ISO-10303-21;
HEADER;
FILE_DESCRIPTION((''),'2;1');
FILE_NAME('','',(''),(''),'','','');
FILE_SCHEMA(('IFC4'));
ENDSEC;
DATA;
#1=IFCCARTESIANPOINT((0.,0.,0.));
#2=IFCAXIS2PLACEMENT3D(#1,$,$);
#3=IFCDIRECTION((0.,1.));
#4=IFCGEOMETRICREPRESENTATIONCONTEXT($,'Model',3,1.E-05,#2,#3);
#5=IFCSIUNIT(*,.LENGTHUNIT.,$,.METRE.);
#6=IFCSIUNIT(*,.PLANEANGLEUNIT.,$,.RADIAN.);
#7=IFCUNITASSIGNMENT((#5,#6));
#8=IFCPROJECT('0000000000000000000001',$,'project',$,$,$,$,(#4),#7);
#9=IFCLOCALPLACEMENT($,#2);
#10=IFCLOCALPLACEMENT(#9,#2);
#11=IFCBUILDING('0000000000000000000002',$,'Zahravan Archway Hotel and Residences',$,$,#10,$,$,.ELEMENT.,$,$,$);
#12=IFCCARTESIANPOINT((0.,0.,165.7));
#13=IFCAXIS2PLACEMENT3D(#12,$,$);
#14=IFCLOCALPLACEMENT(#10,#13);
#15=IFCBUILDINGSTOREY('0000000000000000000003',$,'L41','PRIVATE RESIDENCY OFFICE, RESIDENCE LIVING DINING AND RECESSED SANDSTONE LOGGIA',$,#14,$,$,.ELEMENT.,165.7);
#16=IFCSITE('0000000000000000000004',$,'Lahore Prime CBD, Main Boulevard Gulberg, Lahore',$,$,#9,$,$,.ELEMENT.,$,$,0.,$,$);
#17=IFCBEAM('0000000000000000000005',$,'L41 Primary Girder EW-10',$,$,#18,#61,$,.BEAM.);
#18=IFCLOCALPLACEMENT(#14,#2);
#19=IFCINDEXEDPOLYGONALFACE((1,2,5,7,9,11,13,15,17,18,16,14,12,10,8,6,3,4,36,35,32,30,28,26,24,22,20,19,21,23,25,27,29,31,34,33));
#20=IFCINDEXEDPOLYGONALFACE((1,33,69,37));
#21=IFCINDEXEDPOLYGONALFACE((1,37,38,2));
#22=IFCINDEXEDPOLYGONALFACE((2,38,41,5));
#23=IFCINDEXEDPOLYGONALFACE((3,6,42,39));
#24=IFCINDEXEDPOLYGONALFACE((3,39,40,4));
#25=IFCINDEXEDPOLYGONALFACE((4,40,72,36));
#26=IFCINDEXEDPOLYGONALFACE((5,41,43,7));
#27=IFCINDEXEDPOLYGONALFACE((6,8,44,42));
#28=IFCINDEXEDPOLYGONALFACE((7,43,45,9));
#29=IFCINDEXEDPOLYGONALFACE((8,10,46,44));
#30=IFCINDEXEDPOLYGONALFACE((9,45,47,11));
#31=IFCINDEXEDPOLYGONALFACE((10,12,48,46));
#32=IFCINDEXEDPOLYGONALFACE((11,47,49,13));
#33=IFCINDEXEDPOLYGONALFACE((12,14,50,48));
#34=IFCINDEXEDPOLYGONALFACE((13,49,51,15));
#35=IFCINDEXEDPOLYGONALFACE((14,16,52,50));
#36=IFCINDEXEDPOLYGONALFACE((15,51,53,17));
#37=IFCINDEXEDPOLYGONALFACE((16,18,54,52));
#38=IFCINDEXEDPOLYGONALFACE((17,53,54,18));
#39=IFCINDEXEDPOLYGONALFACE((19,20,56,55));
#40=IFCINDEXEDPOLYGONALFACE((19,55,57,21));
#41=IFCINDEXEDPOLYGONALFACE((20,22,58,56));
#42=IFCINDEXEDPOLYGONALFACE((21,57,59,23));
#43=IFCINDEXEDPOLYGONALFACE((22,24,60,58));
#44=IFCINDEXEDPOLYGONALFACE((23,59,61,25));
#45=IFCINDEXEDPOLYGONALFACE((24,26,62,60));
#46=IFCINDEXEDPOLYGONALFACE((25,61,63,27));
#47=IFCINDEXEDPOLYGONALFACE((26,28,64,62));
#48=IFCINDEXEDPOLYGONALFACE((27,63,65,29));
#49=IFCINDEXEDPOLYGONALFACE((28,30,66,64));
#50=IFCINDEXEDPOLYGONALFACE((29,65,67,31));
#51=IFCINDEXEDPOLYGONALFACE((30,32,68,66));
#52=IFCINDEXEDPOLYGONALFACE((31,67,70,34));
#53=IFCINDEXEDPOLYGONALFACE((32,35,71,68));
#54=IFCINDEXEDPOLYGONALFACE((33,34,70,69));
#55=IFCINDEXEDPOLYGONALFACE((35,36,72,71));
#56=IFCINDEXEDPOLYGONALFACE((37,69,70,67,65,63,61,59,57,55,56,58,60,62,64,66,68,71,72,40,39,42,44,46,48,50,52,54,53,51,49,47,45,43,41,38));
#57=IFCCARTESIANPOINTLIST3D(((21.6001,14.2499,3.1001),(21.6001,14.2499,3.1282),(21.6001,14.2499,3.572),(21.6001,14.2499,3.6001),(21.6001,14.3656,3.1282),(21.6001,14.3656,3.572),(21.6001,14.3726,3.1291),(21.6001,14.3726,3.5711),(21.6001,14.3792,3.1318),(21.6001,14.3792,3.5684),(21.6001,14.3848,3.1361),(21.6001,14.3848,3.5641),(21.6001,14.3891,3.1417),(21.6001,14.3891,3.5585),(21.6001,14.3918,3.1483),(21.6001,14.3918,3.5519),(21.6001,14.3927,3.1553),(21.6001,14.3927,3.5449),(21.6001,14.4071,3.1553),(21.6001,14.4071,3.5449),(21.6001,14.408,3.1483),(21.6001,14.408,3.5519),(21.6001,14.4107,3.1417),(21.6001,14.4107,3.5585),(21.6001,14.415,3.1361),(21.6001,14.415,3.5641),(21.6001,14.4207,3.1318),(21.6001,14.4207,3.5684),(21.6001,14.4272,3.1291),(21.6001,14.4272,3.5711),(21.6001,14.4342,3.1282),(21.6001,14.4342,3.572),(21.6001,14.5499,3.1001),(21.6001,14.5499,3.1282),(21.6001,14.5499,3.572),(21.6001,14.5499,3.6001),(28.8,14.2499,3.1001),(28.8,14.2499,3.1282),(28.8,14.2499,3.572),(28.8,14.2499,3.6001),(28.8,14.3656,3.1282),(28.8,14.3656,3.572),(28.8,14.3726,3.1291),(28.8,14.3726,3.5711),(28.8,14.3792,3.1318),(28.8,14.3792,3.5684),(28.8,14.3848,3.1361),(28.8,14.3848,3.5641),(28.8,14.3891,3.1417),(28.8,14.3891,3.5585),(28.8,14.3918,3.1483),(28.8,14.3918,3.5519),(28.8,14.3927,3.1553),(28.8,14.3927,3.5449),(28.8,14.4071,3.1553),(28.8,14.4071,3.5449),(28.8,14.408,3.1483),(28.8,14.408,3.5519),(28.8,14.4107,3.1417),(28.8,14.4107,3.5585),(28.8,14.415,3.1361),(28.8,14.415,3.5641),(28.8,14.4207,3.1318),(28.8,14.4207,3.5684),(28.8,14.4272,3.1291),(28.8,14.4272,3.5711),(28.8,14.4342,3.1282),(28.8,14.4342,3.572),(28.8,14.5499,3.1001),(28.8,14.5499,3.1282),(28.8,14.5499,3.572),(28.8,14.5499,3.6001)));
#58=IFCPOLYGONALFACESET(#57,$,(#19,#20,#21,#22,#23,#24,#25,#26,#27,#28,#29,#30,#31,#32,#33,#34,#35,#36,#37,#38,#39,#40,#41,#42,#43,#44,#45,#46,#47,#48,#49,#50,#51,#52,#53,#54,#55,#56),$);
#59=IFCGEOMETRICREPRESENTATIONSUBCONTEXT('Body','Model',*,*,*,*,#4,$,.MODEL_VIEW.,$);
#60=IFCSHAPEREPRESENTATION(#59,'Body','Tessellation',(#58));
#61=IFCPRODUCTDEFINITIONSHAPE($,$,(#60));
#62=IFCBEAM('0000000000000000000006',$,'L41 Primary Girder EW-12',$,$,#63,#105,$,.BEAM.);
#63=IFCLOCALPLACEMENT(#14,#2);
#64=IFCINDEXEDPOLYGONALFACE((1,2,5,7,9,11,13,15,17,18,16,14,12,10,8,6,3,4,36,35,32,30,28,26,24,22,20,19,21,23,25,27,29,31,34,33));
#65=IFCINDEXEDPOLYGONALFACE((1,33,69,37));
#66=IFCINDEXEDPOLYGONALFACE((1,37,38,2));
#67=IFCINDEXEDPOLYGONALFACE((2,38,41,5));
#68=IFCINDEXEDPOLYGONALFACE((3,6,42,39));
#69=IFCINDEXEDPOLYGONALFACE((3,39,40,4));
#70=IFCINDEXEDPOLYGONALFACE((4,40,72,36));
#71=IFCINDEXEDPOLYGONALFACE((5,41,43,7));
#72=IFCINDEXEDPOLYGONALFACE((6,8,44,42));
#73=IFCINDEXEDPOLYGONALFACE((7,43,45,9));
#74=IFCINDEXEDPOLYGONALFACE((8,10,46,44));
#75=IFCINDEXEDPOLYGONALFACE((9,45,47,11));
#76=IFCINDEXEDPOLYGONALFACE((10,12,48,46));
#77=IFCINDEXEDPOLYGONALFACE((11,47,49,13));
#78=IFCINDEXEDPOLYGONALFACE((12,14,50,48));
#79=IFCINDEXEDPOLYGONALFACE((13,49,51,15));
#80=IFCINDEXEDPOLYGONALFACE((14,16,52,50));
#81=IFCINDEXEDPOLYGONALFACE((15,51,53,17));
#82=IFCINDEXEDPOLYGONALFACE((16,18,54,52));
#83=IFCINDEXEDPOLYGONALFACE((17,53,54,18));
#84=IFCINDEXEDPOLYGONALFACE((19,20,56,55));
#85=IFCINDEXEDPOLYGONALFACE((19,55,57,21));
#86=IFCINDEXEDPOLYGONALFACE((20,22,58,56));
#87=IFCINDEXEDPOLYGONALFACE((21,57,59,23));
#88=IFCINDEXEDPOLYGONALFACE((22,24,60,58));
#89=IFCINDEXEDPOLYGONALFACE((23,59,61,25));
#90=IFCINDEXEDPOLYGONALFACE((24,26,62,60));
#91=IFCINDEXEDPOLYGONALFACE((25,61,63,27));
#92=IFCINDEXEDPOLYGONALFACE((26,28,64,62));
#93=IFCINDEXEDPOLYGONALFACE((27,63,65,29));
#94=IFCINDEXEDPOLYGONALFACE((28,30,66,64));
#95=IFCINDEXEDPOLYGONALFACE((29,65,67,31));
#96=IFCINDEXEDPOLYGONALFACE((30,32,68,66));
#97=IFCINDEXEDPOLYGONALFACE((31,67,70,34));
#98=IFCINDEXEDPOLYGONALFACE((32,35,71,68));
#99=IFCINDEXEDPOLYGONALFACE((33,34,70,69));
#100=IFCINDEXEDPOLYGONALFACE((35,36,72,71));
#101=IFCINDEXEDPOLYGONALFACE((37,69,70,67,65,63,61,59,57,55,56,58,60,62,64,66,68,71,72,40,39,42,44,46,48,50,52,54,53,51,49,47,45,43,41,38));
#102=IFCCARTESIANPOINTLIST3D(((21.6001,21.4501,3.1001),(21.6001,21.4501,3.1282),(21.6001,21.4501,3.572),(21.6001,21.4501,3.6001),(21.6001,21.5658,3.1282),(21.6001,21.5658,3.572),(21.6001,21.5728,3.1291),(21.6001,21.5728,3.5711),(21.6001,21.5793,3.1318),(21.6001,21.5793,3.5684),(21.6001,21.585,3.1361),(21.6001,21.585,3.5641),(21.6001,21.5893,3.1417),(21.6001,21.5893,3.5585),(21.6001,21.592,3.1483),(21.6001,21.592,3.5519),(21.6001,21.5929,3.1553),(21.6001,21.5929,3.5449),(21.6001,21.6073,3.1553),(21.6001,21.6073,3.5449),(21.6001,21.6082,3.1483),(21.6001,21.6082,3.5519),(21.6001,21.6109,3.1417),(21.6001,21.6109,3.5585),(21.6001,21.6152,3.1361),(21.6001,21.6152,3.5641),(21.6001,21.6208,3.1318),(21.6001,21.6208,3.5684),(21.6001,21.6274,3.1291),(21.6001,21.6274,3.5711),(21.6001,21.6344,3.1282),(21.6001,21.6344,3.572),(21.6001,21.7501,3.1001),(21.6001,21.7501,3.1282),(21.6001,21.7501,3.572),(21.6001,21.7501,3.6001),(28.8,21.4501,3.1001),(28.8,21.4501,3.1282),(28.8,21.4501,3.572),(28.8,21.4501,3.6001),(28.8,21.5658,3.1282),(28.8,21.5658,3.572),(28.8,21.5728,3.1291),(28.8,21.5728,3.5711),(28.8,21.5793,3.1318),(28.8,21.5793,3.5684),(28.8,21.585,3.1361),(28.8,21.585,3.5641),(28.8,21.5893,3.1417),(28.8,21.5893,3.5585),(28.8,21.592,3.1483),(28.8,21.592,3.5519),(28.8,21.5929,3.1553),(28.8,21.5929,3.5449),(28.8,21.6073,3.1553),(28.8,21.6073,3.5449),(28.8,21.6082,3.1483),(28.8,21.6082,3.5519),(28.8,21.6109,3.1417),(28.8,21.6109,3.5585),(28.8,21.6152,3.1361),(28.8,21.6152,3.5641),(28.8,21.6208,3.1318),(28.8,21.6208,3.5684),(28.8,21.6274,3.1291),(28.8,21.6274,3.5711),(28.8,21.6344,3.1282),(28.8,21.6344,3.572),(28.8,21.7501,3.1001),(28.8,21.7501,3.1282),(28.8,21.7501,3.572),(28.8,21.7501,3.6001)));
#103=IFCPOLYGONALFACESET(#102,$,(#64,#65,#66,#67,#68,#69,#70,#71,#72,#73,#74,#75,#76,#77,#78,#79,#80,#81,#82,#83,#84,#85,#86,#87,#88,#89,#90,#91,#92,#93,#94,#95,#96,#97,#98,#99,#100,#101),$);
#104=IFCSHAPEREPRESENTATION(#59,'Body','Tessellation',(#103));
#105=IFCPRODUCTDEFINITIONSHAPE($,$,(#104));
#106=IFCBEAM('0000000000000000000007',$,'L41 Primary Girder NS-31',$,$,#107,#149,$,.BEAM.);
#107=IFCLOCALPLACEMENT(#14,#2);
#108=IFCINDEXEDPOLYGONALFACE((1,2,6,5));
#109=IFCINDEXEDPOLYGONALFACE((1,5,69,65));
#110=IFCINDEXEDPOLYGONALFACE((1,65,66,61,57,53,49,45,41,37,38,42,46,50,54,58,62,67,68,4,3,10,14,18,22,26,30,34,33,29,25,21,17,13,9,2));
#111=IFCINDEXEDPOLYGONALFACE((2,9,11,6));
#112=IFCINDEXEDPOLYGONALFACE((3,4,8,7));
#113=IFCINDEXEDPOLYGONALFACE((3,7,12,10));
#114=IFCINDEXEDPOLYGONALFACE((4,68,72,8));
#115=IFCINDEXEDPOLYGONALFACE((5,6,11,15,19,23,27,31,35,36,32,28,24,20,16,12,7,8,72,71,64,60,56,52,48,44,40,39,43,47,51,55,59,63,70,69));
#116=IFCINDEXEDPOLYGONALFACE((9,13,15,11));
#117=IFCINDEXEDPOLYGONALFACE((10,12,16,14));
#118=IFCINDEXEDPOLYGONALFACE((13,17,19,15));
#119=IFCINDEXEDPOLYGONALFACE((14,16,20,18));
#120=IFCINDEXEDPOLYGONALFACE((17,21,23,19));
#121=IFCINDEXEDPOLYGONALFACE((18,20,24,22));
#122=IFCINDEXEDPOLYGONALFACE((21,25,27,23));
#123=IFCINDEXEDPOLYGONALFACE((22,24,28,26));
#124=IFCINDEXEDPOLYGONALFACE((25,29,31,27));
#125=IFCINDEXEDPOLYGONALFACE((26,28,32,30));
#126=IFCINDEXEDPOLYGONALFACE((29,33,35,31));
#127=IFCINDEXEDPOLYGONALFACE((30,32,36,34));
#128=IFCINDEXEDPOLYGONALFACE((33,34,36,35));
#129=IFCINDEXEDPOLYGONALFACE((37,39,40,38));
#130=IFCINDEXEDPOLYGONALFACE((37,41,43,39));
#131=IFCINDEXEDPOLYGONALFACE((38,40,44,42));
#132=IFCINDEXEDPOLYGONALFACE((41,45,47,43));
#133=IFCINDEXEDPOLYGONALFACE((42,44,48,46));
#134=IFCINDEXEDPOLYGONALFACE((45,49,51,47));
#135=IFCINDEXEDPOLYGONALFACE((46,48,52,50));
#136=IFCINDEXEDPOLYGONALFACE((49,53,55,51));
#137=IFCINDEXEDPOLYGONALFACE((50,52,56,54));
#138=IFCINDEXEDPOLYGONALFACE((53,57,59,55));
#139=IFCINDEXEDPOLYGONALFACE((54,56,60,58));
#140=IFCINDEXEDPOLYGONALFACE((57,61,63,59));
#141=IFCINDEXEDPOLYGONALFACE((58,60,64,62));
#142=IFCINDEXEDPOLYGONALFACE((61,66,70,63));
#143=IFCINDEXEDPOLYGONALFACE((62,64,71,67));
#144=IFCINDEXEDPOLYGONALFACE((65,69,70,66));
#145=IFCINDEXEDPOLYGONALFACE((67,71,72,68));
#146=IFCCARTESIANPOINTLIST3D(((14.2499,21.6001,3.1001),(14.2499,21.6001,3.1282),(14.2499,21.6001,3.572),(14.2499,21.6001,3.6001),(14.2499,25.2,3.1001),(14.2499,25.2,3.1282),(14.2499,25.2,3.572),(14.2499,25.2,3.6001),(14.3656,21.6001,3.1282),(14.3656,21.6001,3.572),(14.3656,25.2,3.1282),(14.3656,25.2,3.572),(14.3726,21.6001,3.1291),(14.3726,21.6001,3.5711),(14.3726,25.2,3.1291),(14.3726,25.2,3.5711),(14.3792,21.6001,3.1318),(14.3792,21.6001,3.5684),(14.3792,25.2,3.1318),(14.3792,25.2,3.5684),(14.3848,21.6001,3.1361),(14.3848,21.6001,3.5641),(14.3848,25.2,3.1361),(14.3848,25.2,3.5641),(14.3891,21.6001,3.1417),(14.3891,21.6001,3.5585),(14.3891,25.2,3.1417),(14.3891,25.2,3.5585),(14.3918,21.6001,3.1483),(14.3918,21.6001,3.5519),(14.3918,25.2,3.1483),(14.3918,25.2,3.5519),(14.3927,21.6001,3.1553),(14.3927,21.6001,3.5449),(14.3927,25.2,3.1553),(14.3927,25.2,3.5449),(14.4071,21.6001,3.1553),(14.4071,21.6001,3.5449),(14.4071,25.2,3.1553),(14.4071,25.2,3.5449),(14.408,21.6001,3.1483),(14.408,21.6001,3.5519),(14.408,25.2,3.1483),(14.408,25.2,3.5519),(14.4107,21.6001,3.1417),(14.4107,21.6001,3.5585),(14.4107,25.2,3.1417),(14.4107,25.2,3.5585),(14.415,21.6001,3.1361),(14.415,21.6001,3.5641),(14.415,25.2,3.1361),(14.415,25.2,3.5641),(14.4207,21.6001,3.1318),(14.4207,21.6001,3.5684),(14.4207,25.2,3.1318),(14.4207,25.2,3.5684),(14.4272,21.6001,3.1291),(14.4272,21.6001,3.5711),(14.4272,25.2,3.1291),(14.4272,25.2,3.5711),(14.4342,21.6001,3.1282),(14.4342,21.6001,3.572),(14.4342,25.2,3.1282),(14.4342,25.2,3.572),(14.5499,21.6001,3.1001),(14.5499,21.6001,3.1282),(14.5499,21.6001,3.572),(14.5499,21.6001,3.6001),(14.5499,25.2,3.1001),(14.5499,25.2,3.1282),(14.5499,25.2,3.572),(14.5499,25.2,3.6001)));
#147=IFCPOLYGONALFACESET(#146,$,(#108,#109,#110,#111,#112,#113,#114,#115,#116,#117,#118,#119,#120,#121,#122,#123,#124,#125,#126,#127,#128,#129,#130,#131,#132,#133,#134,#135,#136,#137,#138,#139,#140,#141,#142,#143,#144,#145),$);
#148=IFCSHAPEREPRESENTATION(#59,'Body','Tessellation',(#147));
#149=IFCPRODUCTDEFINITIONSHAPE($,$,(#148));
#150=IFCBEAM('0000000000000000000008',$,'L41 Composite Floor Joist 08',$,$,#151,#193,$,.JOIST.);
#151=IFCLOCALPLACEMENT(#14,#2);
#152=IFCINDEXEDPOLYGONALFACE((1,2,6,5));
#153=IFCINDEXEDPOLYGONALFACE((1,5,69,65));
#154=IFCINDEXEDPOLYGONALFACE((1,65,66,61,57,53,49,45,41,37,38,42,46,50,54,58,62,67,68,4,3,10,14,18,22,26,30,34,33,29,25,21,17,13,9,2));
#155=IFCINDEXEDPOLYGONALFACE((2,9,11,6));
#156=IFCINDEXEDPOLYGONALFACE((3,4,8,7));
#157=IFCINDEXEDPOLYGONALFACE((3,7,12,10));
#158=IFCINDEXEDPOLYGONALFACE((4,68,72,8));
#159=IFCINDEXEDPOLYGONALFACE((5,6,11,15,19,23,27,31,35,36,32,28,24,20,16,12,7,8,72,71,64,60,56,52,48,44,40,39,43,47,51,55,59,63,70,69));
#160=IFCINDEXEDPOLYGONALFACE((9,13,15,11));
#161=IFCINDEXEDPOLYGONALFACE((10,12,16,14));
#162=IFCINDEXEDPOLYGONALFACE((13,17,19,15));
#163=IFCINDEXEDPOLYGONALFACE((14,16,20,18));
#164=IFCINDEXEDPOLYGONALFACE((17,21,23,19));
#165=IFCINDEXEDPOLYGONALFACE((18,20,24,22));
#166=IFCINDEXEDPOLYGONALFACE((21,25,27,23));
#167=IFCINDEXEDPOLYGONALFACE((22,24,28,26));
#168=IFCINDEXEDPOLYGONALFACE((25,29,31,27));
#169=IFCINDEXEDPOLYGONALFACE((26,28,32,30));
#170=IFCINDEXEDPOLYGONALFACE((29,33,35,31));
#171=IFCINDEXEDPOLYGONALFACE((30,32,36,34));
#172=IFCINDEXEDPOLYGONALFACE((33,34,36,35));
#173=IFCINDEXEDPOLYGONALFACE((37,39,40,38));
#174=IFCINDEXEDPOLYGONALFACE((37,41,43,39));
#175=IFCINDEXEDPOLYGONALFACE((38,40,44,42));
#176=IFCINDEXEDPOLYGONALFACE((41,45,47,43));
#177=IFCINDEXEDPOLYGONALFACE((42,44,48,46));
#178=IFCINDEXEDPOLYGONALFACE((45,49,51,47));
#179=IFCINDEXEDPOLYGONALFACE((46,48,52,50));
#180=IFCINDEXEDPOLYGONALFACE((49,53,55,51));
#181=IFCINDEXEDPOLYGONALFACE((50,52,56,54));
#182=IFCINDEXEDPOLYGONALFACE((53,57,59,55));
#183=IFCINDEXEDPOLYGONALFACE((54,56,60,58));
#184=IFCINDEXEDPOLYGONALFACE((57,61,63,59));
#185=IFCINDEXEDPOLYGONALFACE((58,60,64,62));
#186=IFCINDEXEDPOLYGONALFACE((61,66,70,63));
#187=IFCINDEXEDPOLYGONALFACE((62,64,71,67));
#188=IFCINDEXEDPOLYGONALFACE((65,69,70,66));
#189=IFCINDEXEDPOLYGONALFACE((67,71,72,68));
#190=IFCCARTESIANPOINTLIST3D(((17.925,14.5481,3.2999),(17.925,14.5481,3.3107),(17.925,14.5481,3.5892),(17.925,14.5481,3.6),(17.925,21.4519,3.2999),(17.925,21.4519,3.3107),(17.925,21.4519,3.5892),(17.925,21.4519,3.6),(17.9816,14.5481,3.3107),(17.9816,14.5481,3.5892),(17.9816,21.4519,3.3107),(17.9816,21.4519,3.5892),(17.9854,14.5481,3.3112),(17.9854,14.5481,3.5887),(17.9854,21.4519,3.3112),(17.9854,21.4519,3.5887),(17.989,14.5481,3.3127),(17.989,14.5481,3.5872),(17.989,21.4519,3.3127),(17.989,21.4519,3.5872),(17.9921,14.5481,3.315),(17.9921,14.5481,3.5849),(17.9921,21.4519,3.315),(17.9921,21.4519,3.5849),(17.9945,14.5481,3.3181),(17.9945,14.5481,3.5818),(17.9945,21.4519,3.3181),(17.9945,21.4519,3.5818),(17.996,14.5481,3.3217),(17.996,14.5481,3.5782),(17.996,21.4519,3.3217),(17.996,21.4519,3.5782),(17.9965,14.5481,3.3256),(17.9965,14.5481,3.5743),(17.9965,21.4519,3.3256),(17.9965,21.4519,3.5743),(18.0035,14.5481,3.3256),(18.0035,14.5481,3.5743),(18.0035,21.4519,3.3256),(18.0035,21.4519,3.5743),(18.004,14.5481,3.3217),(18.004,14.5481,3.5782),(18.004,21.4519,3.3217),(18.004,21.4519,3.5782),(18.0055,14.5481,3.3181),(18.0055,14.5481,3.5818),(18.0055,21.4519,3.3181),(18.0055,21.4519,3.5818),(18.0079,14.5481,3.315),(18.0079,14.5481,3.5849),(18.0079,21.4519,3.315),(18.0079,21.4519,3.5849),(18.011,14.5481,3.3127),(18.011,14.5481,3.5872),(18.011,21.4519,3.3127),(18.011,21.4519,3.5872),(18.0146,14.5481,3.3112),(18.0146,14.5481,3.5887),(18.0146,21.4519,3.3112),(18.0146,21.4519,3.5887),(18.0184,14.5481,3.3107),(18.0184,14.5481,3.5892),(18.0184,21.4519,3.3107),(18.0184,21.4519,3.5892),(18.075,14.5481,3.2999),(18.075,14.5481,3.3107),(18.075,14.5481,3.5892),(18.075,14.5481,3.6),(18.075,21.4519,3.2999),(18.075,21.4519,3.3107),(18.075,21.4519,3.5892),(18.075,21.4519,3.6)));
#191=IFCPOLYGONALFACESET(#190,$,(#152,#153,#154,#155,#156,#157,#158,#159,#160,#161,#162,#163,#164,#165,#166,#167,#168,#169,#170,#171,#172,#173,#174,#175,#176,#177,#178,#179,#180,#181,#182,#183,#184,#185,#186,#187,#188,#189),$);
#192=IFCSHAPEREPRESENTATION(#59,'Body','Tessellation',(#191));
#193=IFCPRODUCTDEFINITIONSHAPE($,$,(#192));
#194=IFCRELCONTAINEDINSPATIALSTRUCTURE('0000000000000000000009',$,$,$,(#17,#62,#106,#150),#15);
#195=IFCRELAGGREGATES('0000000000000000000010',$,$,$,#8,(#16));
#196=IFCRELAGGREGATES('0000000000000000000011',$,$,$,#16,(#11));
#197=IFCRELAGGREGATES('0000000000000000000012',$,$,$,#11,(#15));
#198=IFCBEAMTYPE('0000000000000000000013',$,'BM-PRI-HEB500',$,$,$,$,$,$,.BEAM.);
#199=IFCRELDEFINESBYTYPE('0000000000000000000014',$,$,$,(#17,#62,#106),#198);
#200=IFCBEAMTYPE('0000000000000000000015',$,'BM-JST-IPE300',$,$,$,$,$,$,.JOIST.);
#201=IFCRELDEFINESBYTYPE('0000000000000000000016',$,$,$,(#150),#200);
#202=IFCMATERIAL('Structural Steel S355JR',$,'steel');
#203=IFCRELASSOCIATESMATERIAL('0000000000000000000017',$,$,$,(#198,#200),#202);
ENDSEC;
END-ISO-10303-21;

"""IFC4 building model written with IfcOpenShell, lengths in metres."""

from ifc_helpers import new_model, si_unit, direction, frame, origin, origin_2d, place, context, subcontext, project, spatial, i_section, extrude, source, transform, mapped, material, material_profile, profile_set, type_object, element, save


model = new_model("IFC4")

# Units and contexts
model_context = context("Model", 3, precision=1e-05, world=origin(), true_north=direction((0.0, 1.0)))
body_context = subcontext(model_context, "Body", "Model", "MODEL_VIEW")
ifc_project = project(units=[si_unit("LENGTHUNIT", "METRE"), si_unit("PLANEANGLEUNIT", "RADIAN")], contexts=[model_context])

# Site, building, storey
site_placement = place(None, origin())
site = spatial("IfcSite", under=ifc_project, at=site_placement, Name="Lahore Prime CBD, Main Boulevard Gulberg, Lahore", CompositionType="ELEMENT", RefElevation=0.0)
building_placement = place(site_placement, origin())
building = spatial("IfcBuilding", under=site, at=building_placement, Name="Zahravan Archway Hotel and Residences", CompositionType="ELEMENT")
storey_placement = place(building_placement, frame((0.0, 0.0, 165.7)))
storey = spatial("IfcBuildingStorey", under=building, at=storey_placement, Name="L41", Description="PRIVATE RESIDENCY OFFICE, RESIDENCE LIVING DINING AND RECESSED SANDSTONE LOGGIA", CompositionType="ELEMENT", Elevation=165.7)

# Beams
ifc_material_1 = material(Name="Structural Steel S355JR", Category="steel")
ifc_material_profile_1 = material_profile(ifc_material_1, i_section(OverallWidth=0.3, OverallDepth=0.5, WebThickness=0.0144, FlangeThickness=0.0281, FilletRadius=0.0271, at=origin_2d()), Name="HEB 500", Category="steel")
ifc_profile_set_1 = profile_set([ifc_material_profile_1], Name="Structural Steel S355JR")
beam_type_1 = type_object("IfcBeamType", Name="BM-PRI-HEB500", PredefinedType="BEAM", material=ifc_profile_set_1)
shared_shape_1 = source(origin(), body_context, "Body", "SweptSolid", [
    extrude(i_section(OverallWidth=0.3, OverallDepth=0.5, WebThickness=0.0144, FlangeThickness=0.0281, FilletRadius=0.0271, at=origin_2d()), origin(), (0.0, 0.0, 1.0), 7.2),
])
for number, where, z_axis, x_axis, name in (
    (1, (21.6001, 14.3999, 3.3501), (1.0, 0.0, 0.0), (0.0, 1.0, 0.0), "L41 Primary Girder EW-10"),
    (2, (21.6001, 21.6001, 3.3501), (1.0, 0.0, 0.0), (0.0, 1.0, 0.0), "L41 Primary Girder EW-12"),
):
    element("IfcBeam", number, at=place(storey_placement, frame(where, z_axis=z_axis, x_axis=x_axis)), inside=storey, type_object=beam_type_1, Name=name, PredefinedType="BEAM", context=body_context, shape_type="MappedRepresentation", body=[
        mapped(shared_shape_1, transform((0.0, 0.0, 0.0), scale=1.0)),
    ])
shared_shape_2 = source(origin(), body_context, "Body", "SweptSolid", [
    extrude(i_section(OverallWidth=0.3, OverallDepth=0.5, WebThickness=0.0144, FlangeThickness=0.0281, FilletRadius=0.0271, at=origin_2d()), origin(), (0.0, 0.0, 1.0), 3.5999),
])
beam_1_placement = place(storey_placement, frame((14.3999, 21.6001, 3.3501), z_axis=(0.0, 1.0, 0.0), x_axis=(-1.0, 0.0, 0.0)))
element("IfcBeam", 3, at=beam_1_placement, inside=storey, type_object=beam_type_1, Name="L41 Primary Girder NS-31", PredefinedType="BEAM", context=body_context, shape_type="MappedRepresentation", body=[
    mapped(shared_shape_2, transform((0.0, 0.0, 0.0), scale=1.0)),
])
ifc_material_profile_2 = material_profile(ifc_material_1, i_section(OverallWidth=0.1499, OverallDepth=0.3, WebThickness=0.0071, FlangeThickness=0.0107, FilletRadius=0.0149, at=origin_2d()), Name="IPE 300", Category="steel")
ifc_profile_set_2 = profile_set([ifc_material_profile_2], Name="Structural Steel S355JR")
beam_type_2 = type_object("IfcBeamType", Name="BM-JST-IPE300", PredefinedType="JOIST", material=ifc_profile_set_2)
shared_shape_3 = source(origin(), body_context, "Body", "SweptSolid", [
    extrude(i_section(OverallWidth=0.1499, OverallDepth=0.3, WebThickness=0.0071, FlangeThickness=0.0107, FilletRadius=0.0149, at=origin_2d()), origin(), (0.0, 0.0, 1.0), 6.9038),
])
beam_2_placement = place(storey_placement, frame((18.0, 14.5481, 3.45), z_axis=(0.0, 1.0, 0.0), x_axis=(-1.0, 0.0, 0.0)))
element("IfcBeam", 4, at=beam_2_placement, inside=storey, type_object=beam_type_2, Name="L41 Composite Floor Joist 08", PredefinedType="JOIST", context=body_context, shape_type="MappedRepresentation", body=[
    mapped(shared_shape_3, transform((0.0, 0.0, 0.0), scale=1.0)),
])

save(model, "model.ifc")
